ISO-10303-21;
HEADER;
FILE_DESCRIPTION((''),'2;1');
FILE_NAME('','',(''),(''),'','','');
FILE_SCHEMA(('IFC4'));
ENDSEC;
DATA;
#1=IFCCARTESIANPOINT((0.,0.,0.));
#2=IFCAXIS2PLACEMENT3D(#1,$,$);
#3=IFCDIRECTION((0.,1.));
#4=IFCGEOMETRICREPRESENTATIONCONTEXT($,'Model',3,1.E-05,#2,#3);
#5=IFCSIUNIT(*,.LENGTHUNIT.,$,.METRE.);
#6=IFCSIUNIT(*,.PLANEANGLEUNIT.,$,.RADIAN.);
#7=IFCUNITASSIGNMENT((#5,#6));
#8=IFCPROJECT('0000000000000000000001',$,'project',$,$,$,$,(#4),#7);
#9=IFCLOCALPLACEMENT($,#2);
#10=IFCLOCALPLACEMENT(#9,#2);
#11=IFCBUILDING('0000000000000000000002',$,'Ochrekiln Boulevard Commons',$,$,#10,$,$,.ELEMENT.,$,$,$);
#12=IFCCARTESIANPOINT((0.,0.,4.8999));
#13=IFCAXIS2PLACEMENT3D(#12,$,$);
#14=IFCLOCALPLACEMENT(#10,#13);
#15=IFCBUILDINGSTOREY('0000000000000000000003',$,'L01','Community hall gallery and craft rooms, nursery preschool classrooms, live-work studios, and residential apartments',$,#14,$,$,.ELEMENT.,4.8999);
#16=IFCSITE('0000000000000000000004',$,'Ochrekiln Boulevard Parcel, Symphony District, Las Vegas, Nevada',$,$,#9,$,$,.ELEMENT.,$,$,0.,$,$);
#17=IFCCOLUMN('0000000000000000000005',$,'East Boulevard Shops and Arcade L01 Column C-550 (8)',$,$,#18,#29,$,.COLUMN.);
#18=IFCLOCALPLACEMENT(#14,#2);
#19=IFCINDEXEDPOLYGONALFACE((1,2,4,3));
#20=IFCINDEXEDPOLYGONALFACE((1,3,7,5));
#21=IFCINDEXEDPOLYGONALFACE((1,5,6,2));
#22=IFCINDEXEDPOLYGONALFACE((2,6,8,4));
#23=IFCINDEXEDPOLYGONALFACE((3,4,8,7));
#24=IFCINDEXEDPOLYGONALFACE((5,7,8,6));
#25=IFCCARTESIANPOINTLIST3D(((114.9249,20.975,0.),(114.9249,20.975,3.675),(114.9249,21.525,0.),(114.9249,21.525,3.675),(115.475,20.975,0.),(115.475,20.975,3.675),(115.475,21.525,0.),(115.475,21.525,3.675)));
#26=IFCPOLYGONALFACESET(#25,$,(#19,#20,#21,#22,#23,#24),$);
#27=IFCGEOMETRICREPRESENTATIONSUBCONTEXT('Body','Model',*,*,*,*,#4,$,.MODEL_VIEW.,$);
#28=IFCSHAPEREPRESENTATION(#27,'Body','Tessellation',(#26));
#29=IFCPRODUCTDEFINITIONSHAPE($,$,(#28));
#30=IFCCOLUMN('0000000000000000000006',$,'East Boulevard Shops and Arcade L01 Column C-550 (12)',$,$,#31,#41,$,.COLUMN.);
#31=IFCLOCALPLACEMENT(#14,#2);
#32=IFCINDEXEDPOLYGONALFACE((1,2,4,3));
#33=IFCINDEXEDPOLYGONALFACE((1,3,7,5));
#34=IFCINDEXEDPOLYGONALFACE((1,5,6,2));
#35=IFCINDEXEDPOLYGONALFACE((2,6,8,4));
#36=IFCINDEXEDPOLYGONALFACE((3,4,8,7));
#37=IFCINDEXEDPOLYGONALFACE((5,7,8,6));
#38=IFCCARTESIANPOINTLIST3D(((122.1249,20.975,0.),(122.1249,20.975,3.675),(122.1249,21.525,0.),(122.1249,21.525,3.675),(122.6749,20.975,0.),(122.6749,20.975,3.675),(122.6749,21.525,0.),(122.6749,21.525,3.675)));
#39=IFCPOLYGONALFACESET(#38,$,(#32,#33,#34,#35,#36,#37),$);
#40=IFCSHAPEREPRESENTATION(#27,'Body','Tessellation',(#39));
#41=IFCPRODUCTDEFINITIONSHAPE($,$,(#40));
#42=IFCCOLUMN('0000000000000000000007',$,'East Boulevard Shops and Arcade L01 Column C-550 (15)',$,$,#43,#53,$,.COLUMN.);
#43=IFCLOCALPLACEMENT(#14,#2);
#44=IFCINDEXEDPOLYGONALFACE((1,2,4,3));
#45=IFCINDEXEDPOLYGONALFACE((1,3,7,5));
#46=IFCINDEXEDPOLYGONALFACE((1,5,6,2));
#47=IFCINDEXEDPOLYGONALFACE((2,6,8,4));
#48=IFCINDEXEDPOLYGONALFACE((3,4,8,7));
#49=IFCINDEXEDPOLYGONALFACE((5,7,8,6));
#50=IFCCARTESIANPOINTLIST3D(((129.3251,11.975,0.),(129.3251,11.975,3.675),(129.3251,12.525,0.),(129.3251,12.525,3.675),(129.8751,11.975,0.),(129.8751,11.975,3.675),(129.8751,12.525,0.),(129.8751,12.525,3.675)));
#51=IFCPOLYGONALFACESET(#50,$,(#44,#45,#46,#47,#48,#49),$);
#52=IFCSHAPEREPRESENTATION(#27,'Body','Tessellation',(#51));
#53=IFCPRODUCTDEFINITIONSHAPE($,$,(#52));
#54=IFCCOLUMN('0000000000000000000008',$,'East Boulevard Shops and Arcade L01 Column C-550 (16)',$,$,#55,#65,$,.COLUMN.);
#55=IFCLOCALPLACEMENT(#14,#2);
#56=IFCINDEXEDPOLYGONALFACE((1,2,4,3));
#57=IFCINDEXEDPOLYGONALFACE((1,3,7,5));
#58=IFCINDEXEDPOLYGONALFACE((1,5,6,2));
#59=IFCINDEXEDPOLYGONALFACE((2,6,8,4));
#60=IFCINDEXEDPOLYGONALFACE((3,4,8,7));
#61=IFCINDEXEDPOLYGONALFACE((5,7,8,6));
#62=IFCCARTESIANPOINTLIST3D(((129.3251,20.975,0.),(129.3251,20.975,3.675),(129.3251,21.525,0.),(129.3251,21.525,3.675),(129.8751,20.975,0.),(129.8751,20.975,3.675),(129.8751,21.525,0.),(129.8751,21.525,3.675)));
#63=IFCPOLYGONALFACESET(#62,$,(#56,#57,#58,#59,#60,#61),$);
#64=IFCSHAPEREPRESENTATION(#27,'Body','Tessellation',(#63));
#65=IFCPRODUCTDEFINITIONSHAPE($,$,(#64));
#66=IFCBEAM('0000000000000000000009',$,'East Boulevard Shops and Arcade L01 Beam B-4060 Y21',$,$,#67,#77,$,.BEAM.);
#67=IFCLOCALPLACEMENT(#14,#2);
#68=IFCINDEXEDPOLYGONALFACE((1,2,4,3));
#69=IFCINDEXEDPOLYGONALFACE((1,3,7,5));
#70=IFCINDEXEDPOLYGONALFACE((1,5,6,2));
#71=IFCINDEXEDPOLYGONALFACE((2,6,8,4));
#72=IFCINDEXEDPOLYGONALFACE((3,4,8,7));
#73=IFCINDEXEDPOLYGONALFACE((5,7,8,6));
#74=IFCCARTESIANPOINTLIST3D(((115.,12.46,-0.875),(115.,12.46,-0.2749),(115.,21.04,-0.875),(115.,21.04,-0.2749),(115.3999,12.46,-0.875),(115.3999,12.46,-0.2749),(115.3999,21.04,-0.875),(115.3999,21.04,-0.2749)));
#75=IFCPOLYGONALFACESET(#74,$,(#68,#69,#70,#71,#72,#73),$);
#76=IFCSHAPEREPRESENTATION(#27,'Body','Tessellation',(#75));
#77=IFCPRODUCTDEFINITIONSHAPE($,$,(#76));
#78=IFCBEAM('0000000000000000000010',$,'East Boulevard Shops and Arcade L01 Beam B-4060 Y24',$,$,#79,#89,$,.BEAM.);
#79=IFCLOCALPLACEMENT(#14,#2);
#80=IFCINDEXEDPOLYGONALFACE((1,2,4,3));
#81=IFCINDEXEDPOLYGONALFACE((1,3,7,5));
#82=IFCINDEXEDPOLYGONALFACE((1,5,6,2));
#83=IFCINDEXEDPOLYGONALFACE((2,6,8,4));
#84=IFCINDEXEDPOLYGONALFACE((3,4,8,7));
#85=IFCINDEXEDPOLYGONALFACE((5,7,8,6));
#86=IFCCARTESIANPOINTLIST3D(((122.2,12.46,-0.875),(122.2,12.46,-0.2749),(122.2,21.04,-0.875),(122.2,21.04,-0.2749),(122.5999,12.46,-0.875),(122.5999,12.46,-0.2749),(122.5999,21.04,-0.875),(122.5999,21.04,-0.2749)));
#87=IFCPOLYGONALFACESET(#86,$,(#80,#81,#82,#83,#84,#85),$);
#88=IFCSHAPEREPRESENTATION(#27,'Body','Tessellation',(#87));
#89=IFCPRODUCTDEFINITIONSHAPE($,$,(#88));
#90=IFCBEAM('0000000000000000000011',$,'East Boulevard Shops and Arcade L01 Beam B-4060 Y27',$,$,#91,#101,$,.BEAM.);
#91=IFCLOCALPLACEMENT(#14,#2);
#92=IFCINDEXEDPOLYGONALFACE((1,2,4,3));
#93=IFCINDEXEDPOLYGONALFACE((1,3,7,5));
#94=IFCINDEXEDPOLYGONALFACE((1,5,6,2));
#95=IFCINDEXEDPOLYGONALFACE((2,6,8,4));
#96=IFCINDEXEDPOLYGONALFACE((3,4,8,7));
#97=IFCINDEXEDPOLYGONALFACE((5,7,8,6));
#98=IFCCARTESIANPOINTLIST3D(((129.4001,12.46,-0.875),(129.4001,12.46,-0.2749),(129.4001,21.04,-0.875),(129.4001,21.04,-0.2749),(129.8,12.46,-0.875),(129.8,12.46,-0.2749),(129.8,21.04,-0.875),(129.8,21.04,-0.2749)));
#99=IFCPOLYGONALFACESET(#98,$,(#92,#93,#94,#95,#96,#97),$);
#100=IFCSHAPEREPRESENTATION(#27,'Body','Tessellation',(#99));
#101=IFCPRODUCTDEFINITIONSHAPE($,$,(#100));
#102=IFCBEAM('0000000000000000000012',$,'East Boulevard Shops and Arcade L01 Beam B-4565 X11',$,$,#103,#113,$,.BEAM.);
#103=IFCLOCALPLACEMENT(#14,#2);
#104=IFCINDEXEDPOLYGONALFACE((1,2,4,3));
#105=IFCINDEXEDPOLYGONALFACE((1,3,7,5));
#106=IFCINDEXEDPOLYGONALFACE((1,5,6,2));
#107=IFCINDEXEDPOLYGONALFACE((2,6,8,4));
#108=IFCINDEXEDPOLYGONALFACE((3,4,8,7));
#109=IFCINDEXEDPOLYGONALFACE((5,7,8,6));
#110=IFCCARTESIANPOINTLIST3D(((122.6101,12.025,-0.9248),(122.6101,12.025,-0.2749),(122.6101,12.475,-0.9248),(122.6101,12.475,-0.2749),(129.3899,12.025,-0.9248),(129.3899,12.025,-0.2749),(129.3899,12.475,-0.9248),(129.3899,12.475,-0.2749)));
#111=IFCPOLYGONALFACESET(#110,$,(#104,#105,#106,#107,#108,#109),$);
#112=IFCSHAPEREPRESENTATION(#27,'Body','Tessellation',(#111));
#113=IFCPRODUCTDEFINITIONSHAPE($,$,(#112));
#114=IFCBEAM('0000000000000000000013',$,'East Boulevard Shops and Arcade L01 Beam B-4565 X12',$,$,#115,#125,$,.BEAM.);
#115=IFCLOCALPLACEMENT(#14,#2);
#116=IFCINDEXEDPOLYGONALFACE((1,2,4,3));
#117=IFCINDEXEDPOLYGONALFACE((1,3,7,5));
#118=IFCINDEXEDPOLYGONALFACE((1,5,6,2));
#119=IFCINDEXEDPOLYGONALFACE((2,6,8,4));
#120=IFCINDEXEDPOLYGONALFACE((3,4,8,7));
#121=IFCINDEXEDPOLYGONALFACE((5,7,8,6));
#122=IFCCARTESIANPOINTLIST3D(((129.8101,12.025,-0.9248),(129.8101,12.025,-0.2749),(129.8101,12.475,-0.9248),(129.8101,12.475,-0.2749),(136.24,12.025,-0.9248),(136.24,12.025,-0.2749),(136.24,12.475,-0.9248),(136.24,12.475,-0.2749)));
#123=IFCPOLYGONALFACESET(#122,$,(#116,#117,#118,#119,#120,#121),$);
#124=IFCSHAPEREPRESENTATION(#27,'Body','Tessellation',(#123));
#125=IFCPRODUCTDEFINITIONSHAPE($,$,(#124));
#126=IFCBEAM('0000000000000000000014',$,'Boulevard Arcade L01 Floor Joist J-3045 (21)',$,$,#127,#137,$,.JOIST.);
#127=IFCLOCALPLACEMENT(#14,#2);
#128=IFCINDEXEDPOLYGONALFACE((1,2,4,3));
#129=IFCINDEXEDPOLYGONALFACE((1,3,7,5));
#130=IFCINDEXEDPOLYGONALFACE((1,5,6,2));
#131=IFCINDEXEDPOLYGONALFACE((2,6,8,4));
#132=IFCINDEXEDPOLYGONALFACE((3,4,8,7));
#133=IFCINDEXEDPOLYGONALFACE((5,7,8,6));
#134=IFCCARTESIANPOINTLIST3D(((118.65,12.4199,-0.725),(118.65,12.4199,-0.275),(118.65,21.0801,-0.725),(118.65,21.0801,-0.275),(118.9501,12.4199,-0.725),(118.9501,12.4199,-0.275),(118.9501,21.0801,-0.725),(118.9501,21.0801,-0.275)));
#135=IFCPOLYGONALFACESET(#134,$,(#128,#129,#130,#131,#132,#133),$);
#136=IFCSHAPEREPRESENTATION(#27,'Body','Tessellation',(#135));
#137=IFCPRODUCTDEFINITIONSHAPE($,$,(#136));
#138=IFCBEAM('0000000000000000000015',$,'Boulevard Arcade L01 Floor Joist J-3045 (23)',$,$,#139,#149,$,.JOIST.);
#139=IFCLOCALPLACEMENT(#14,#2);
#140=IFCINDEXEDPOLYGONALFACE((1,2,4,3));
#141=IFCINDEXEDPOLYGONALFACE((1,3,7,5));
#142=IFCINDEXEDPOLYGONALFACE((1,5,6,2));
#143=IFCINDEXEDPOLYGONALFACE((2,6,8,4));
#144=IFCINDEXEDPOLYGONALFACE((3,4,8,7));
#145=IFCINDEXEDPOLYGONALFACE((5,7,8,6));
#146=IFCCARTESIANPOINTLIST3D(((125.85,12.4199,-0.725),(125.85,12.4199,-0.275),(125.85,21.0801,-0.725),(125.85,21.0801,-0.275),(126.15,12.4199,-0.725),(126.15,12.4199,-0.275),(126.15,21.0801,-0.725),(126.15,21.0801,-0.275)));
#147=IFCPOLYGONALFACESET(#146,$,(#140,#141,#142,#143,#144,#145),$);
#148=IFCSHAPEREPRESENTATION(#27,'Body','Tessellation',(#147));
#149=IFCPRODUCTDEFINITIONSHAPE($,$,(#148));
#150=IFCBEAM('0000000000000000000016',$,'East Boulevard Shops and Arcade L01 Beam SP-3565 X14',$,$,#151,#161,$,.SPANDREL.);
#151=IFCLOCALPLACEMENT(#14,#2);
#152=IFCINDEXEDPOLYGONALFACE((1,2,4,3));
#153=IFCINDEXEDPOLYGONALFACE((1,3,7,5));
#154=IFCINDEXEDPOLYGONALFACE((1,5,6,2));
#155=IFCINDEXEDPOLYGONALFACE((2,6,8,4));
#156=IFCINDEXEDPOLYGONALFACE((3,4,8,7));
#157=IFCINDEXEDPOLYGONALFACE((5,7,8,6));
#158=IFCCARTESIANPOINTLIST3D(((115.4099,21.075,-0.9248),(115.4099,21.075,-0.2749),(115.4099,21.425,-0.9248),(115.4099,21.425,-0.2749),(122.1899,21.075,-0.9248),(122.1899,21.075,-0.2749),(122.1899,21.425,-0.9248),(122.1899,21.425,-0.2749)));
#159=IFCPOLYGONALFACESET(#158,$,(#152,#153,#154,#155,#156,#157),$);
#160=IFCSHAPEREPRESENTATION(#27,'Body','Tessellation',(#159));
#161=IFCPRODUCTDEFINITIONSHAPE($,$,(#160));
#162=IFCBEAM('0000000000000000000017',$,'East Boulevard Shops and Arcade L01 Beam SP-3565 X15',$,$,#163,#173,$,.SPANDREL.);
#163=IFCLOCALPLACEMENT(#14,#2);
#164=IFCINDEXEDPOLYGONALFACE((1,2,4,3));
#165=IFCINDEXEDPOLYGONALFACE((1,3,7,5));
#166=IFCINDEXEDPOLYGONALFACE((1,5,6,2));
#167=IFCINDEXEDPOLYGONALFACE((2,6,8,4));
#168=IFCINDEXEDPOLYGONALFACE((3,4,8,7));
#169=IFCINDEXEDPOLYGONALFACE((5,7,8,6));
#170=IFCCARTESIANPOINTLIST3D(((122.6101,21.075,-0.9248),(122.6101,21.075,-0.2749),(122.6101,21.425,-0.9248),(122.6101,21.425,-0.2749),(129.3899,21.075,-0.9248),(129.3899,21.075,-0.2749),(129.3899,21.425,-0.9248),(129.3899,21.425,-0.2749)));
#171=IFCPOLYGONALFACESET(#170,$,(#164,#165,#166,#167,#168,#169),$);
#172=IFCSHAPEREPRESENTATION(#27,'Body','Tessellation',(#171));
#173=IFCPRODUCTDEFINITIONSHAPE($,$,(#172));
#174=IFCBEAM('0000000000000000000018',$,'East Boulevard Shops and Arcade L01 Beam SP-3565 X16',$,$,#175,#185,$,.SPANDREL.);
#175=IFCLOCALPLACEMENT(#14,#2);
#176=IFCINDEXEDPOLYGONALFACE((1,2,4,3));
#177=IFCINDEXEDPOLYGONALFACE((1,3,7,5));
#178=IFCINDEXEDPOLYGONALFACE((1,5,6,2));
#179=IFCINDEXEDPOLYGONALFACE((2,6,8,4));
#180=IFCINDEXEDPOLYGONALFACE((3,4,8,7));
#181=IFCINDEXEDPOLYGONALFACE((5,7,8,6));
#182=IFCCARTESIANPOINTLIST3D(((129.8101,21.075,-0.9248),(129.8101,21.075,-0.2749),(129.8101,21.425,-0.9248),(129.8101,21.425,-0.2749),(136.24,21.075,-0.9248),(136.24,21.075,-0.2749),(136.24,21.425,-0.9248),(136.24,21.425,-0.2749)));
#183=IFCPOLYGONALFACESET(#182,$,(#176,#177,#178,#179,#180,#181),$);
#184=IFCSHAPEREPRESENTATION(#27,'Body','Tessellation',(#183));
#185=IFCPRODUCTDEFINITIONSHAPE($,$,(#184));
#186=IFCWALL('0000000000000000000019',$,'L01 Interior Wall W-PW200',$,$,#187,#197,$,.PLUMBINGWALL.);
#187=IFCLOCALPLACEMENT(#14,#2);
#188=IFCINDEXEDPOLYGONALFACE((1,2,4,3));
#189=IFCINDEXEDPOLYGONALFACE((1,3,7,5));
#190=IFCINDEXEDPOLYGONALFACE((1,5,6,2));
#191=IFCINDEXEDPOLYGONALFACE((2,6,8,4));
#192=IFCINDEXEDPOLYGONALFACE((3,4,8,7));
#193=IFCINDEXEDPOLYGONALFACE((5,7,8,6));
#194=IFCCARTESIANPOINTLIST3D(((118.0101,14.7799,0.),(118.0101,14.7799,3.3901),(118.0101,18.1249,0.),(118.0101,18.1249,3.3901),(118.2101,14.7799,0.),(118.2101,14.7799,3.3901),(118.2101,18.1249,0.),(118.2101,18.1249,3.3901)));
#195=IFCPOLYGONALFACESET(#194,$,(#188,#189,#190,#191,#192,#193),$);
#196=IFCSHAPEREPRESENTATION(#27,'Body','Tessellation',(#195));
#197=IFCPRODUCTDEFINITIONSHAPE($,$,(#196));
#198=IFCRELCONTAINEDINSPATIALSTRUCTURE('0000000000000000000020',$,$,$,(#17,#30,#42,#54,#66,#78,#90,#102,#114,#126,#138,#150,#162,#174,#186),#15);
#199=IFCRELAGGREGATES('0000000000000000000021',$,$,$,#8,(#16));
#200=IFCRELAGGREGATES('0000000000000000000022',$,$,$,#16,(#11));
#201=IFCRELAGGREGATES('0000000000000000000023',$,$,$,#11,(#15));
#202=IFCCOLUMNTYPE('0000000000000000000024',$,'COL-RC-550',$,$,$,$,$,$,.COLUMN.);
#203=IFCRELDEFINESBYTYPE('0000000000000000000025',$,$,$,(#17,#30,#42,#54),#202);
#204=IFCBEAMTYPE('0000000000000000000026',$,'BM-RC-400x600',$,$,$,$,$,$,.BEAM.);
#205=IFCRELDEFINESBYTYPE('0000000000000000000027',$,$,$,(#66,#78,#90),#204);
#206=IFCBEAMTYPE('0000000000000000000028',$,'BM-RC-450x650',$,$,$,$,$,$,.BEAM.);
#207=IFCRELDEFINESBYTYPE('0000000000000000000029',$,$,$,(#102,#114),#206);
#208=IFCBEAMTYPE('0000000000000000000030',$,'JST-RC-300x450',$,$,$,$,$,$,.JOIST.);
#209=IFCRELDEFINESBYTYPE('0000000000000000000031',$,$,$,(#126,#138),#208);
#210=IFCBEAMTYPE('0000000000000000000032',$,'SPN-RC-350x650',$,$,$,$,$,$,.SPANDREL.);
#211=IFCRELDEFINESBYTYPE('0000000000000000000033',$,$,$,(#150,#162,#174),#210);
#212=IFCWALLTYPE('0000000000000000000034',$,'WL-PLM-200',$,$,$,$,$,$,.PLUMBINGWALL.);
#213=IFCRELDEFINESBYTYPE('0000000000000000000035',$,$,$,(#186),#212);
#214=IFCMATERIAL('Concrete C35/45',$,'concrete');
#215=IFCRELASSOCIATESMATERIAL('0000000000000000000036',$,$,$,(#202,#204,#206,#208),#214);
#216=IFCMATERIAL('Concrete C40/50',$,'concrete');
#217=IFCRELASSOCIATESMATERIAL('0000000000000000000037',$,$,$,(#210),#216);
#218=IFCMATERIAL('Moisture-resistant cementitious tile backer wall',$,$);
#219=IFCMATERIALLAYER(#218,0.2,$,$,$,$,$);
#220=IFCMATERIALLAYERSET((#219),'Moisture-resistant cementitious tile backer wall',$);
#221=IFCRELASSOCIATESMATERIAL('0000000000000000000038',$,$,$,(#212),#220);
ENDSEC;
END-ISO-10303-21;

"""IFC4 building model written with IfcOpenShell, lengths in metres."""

from ifc_helpers import new_model, si_unit, direction, frame, frame_2d, origin, origin_2d, place, context, subcontext, project, spatial, rectangle, extrude, material, layer, layer_set, material_profile, profile_set, type_object, element, save


model = new_model("IFC4")

# Units and contexts
model_context = context("Model", 3, precision=1e-05, world=origin(), true_north=direction((0.0, 1.0)))
body_context = subcontext(model_context, "Body", "Model", "MODEL_VIEW")
ifc_project = project(units=[si_unit("LENGTHUNIT", "METRE"), si_unit("PLANEANGLEUNIT", "RADIAN")], contexts=[model_context])

# Site, building, storey
site_placement = place(None, origin())
site = spatial("IfcSite", under=ifc_project, at=site_placement, Name="Ochrekiln Boulevard Parcel, Symphony District, Las Vegas, Nevada", CompositionType="ELEMENT", RefElevation=0.0)
building_placement = place(site_placement, origin())
building = spatial("IfcBuilding", under=site, at=building_placement, Name="Ochrekiln Boulevard Commons", CompositionType="ELEMENT")
storey_placement = place(building_placement, frame((0.0, 0.0, 4.8999)))
storey = spatial("IfcBuildingStorey", under=building, at=storey_placement, Name="L01", Description="Community hall gallery and craft rooms, nursery preschool classrooms, live-work studios, and residential apartments", CompositionType="ELEMENT", Elevation=4.8999)

# Columns
ifc_material_1 = material(Name="Concrete C35/45", Category="concrete")
ifc_material_profile_1 = material_profile(ifc_material_1, rectangle(XDim=0.55, YDim=0.55, at=origin_2d()), Name="RC-COL-550x550")
ifc_profile_set_1 = profile_set([ifc_material_profile_1], Name="Concrete C35/45")
column_type = type_object("IfcColumnType", Name="COL-RC-550", PredefinedType="COLUMN", material=ifc_profile_set_1)
for number, where, z_axis, x_axis, name in (
    (1, (115.2, 21.25, 0.0), (0.0, 0.0, 1.0), (1.0, 0.0, 0.0), "East Boulevard Shops and Arcade L01 Column C-550 (8)"),
    (2, (122.3999, 21.25, 0.0), (0.0, 0.0, 1.0), (1.0, 0.0, 0.0), "East Boulevard Shops and Arcade L01 Column C-550 (12)"),
    (3, (129.6001, 12.25, 0.0), (0.0, 0.0, 1.0), (1.0, 0.0, 0.0), "East Boulevard Shops and Arcade L01 Column C-550 (15)"),
    (4, (129.6001, 21.25, 0.0), (0.0, 0.0, 1.0), (1.0, 0.0, 0.0), "East Boulevard Shops and Arcade L01 Column C-550 (16)"),
):
    element("IfcColumn", number, at=place(storey_placement, frame(where, z_axis=z_axis, x_axis=x_axis)), inside=storey, type_object=column_type, Name=name, PredefinedType="COLUMN", context=body_context, shape_type="SweptSolid", body=[
        extrude(rectangle(XDim=0.55, YDim=0.55, at=origin_2d()), origin(), (0.0, 0.0, 1.0), 3.675),
    ])

# Beams
ifc_material_profile_2 = material_profile(ifc_material_1, rectangle(XDim=0.3999, YDim=0.6001, at=origin_2d()), Name="RC-BM-400x600")
ifc_profile_set_2 = profile_set([ifc_material_profile_2], Name="Concrete C35/45")
beam_type_1 = type_object("IfcBeamType", Name="BM-RC-400x600", PredefinedType="BEAM", material=ifc_profile_set_2)
for number, where, z_axis, x_axis, name in (
    (5, (115.2, 12.46, -0.575), (0.0, 1.0, 0.0), (-1.0, 0.0, 0.0), "East Boulevard Shops and Arcade L01 Beam B-4060 Y21"),
    (6, (122.3999, 12.46, -0.575), (0.0, 1.0, 0.0), (-1.0, 0.0, 0.0), "East Boulevard Shops and Arcade L01 Beam B-4060 Y24"),
    (7, (129.6001, 12.46, -0.575), (0.0, 1.0, 0.0), (-1.0, 0.0, 0.0), "East Boulevard Shops and Arcade L01 Beam B-4060 Y27"),
):
    element("IfcBeam", number, at=place(storey_placement, frame(where, z_axis=z_axis, x_axis=x_axis)), inside=storey, type_object=beam_type_1, Name=name, PredefinedType="BEAM", context=body_context, shape_type="SweptSolid", body=[
        extrude(rectangle(XDim=0.3999, YDim=0.6001, at=origin_2d()), origin(), (0.0, 0.0, 1.0), 8.5801),
    ])
ifc_material_profile_3 = material_profile(ifc_material_1, rectangle(XDim=0.45, YDim=0.6499, at=origin_2d()), Name="RC-BM-450x650")
ifc_profile_set_3 = profile_set([ifc_material_profile_3], Name="Concrete C35/45")
beam_type_2 = type_object("IfcBeamType", Name="BM-RC-450x650", PredefinedType="BEAM", material=ifc_profile_set_3)
beam_1_placement = place(storey_placement, frame((122.6101, 12.25, -0.5999), z_axis=(1.0, 0.0, 0.0), x_axis=(0.0, 1.0, 0.0)))
element("IfcBeam", 8, at=beam_1_placement, inside=storey, type_object=beam_type_2, Name="East Boulevard Shops and Arcade L01 Beam B-4565 X11", PredefinedType="BEAM", context=body_context, shape_type="SweptSolid", body=[
    extrude(rectangle(XDim=0.45, YDim=0.6499, at=origin_2d()), origin(), (0.0, 0.0, 1.0), 6.7798),
])
beam_2_placement = place(storey_placement, frame((129.8101, 12.25, -0.5999), z_axis=(1.0, 0.0, 0.0), x_axis=(0.0, 1.0, 0.0)))
element("IfcBeam", 9, at=beam_2_placement, inside=storey, type_object=beam_type_2, Name="East Boulevard Shops and Arcade L01 Beam B-4565 X12", PredefinedType="BEAM", context=body_context, shape_type="SweptSolid", body=[
    extrude(rectangle(XDim=0.45, YDim=0.6499, at=origin_2d()), origin(), (0.0, 0.0, 1.0), 6.4299),
])
ifc_material_profile_4 = material_profile(ifc_material_1, rectangle(XDim=0.3, YDim=0.45, at=origin_2d()), Name="RC-JST-300x450")
ifc_profile_set_4 = profile_set([ifc_material_profile_4], Name="Concrete C35/45")
beam_type_3 = type_object("IfcBeamType", Name="JST-RC-300x450", PredefinedType="JOIST", material=ifc_profile_set_4)
for number, where, z_axis, x_axis, name in (
    (10, (118.8, 12.4199, -0.5), (0.0, 1.0, 0.0), (-1.0, 0.0, 0.0), "Boulevard Arcade L01 Floor Joist J-3045 (21)"),
    (11, (126.0, 12.4199, -0.5), (0.0, 1.0, 0.0), (-1.0, 0.0, 0.0), "Boulevard Arcade L01 Floor Joist J-3045 (23)"),
):
    element("IfcBeam", number, at=place(storey_placement, frame(where, z_axis=z_axis, x_axis=x_axis)), inside=storey, type_object=beam_type_3, Name=name, PredefinedType="JOIST", context=body_context, shape_type="SweptSolid", body=[
        extrude(rectangle(XDim=0.3, YDim=0.45, at=origin_2d()), origin(), (0.0, 0.0, 1.0), 8.6602),
    ])
ifc_material_2 = material(Name="Concrete C40/50", Category="concrete")
ifc_material_profile_5 = material_profile(ifc_material_2, rectangle(XDim=0.3501, YDim=0.6499, at=origin_2d()), Name="RC-SPN-350x650")
ifc_profile_set_5 = profile_set([ifc_material_profile_5], Name="Concrete C40/50")
beam_type_4 = type_object("IfcBeamType", Name="SPN-RC-350x650", PredefinedType="SPANDREL", material=ifc_profile_set_5)
beam_3_placement = place(storey_placement, frame((115.4099, 21.25, -0.5999), z_axis=(1.0, 0.0, 0.0), x_axis=(0.0, 1.0, 0.0)))
element("IfcBeam", 12, at=beam_3_placement, inside=storey, type_object=beam_type_4, Name="East Boulevard Shops and Arcade L01 Beam SP-3565 X14", PredefinedType="SPANDREL", context=body_context, shape_type="SweptSolid", body=[
    extrude(rectangle(XDim=0.3501, YDim=0.6499, at=origin_2d()), origin(), (0.0, 0.0, 1.0), 6.78),
])
beam_4_placement = place(storey_placement, frame((122.6101, 21.25, -0.5999), z_axis=(1.0, 0.0, 0.0), x_axis=(0.0, 1.0, 0.0)))
element("IfcBeam", 13, at=beam_4_placement, inside=storey, type_object=beam_type_4, Name="East Boulevard Shops and Arcade L01 Beam SP-3565 X15", PredefinedType="SPANDREL", context=body_context, shape_type="SweptSolid", body=[
    extrude(rectangle(XDim=0.3501, YDim=0.6499, at=origin_2d()), origin(), (0.0, 0.0, 1.0), 6.7798),
])
beam_5_placement = place(storey_placement, frame((129.8101, 21.25, -0.5999), z_axis=(1.0, 0.0, 0.0), x_axis=(0.0, 1.0, 0.0)))
element("IfcBeam", 14, at=beam_5_placement, inside=storey, type_object=beam_type_4, Name="East Boulevard Shops and Arcade L01 Beam SP-3565 X16", PredefinedType="SPANDREL", context=body_context, shape_type="SweptSolid", body=[
    extrude(rectangle(XDim=0.3501, YDim=0.6499, at=origin_2d()), origin(), (0.0, 0.0, 1.0), 6.4299),
])

# Wall
ifc_material_3 = material(Name="Moisture-resistant cementitious tile backer wall")
ifc_layer_1 = layer(ifc_material_3, 0.2)
ifc_layer_set_1 = layer_set([ifc_layer_1], Name="Moisture-resistant cementitious tile backer wall")
wall_type_1 = type_object("IfcWallType", Name="WL-PLM-200", PredefinedType="PLUMBINGWALL", material=ifc_layer_set_1)
wall_1_placement = place(storey_placement, frame((118.1101, 14.78, 0.0), z_axis=(0.0, 0.0, 1.0), x_axis=(0.0, 1.0, 0.0)))
element("IfcWall", 15, at=wall_1_placement, inside=storey, type_object=wall_type_1, Name="L01 Interior Wall W-PW200", PredefinedType="PLUMBINGWALL", context=body_context, shape_type="SweptSolid", body=[
    extrude(rectangle(XDim=3.345, YDim=0.2, at=frame_2d((1.6724, 0.0))), origin(), (0.0, 0.0, 1.0), 3.3901),
])

save(model, "model.ifc")
